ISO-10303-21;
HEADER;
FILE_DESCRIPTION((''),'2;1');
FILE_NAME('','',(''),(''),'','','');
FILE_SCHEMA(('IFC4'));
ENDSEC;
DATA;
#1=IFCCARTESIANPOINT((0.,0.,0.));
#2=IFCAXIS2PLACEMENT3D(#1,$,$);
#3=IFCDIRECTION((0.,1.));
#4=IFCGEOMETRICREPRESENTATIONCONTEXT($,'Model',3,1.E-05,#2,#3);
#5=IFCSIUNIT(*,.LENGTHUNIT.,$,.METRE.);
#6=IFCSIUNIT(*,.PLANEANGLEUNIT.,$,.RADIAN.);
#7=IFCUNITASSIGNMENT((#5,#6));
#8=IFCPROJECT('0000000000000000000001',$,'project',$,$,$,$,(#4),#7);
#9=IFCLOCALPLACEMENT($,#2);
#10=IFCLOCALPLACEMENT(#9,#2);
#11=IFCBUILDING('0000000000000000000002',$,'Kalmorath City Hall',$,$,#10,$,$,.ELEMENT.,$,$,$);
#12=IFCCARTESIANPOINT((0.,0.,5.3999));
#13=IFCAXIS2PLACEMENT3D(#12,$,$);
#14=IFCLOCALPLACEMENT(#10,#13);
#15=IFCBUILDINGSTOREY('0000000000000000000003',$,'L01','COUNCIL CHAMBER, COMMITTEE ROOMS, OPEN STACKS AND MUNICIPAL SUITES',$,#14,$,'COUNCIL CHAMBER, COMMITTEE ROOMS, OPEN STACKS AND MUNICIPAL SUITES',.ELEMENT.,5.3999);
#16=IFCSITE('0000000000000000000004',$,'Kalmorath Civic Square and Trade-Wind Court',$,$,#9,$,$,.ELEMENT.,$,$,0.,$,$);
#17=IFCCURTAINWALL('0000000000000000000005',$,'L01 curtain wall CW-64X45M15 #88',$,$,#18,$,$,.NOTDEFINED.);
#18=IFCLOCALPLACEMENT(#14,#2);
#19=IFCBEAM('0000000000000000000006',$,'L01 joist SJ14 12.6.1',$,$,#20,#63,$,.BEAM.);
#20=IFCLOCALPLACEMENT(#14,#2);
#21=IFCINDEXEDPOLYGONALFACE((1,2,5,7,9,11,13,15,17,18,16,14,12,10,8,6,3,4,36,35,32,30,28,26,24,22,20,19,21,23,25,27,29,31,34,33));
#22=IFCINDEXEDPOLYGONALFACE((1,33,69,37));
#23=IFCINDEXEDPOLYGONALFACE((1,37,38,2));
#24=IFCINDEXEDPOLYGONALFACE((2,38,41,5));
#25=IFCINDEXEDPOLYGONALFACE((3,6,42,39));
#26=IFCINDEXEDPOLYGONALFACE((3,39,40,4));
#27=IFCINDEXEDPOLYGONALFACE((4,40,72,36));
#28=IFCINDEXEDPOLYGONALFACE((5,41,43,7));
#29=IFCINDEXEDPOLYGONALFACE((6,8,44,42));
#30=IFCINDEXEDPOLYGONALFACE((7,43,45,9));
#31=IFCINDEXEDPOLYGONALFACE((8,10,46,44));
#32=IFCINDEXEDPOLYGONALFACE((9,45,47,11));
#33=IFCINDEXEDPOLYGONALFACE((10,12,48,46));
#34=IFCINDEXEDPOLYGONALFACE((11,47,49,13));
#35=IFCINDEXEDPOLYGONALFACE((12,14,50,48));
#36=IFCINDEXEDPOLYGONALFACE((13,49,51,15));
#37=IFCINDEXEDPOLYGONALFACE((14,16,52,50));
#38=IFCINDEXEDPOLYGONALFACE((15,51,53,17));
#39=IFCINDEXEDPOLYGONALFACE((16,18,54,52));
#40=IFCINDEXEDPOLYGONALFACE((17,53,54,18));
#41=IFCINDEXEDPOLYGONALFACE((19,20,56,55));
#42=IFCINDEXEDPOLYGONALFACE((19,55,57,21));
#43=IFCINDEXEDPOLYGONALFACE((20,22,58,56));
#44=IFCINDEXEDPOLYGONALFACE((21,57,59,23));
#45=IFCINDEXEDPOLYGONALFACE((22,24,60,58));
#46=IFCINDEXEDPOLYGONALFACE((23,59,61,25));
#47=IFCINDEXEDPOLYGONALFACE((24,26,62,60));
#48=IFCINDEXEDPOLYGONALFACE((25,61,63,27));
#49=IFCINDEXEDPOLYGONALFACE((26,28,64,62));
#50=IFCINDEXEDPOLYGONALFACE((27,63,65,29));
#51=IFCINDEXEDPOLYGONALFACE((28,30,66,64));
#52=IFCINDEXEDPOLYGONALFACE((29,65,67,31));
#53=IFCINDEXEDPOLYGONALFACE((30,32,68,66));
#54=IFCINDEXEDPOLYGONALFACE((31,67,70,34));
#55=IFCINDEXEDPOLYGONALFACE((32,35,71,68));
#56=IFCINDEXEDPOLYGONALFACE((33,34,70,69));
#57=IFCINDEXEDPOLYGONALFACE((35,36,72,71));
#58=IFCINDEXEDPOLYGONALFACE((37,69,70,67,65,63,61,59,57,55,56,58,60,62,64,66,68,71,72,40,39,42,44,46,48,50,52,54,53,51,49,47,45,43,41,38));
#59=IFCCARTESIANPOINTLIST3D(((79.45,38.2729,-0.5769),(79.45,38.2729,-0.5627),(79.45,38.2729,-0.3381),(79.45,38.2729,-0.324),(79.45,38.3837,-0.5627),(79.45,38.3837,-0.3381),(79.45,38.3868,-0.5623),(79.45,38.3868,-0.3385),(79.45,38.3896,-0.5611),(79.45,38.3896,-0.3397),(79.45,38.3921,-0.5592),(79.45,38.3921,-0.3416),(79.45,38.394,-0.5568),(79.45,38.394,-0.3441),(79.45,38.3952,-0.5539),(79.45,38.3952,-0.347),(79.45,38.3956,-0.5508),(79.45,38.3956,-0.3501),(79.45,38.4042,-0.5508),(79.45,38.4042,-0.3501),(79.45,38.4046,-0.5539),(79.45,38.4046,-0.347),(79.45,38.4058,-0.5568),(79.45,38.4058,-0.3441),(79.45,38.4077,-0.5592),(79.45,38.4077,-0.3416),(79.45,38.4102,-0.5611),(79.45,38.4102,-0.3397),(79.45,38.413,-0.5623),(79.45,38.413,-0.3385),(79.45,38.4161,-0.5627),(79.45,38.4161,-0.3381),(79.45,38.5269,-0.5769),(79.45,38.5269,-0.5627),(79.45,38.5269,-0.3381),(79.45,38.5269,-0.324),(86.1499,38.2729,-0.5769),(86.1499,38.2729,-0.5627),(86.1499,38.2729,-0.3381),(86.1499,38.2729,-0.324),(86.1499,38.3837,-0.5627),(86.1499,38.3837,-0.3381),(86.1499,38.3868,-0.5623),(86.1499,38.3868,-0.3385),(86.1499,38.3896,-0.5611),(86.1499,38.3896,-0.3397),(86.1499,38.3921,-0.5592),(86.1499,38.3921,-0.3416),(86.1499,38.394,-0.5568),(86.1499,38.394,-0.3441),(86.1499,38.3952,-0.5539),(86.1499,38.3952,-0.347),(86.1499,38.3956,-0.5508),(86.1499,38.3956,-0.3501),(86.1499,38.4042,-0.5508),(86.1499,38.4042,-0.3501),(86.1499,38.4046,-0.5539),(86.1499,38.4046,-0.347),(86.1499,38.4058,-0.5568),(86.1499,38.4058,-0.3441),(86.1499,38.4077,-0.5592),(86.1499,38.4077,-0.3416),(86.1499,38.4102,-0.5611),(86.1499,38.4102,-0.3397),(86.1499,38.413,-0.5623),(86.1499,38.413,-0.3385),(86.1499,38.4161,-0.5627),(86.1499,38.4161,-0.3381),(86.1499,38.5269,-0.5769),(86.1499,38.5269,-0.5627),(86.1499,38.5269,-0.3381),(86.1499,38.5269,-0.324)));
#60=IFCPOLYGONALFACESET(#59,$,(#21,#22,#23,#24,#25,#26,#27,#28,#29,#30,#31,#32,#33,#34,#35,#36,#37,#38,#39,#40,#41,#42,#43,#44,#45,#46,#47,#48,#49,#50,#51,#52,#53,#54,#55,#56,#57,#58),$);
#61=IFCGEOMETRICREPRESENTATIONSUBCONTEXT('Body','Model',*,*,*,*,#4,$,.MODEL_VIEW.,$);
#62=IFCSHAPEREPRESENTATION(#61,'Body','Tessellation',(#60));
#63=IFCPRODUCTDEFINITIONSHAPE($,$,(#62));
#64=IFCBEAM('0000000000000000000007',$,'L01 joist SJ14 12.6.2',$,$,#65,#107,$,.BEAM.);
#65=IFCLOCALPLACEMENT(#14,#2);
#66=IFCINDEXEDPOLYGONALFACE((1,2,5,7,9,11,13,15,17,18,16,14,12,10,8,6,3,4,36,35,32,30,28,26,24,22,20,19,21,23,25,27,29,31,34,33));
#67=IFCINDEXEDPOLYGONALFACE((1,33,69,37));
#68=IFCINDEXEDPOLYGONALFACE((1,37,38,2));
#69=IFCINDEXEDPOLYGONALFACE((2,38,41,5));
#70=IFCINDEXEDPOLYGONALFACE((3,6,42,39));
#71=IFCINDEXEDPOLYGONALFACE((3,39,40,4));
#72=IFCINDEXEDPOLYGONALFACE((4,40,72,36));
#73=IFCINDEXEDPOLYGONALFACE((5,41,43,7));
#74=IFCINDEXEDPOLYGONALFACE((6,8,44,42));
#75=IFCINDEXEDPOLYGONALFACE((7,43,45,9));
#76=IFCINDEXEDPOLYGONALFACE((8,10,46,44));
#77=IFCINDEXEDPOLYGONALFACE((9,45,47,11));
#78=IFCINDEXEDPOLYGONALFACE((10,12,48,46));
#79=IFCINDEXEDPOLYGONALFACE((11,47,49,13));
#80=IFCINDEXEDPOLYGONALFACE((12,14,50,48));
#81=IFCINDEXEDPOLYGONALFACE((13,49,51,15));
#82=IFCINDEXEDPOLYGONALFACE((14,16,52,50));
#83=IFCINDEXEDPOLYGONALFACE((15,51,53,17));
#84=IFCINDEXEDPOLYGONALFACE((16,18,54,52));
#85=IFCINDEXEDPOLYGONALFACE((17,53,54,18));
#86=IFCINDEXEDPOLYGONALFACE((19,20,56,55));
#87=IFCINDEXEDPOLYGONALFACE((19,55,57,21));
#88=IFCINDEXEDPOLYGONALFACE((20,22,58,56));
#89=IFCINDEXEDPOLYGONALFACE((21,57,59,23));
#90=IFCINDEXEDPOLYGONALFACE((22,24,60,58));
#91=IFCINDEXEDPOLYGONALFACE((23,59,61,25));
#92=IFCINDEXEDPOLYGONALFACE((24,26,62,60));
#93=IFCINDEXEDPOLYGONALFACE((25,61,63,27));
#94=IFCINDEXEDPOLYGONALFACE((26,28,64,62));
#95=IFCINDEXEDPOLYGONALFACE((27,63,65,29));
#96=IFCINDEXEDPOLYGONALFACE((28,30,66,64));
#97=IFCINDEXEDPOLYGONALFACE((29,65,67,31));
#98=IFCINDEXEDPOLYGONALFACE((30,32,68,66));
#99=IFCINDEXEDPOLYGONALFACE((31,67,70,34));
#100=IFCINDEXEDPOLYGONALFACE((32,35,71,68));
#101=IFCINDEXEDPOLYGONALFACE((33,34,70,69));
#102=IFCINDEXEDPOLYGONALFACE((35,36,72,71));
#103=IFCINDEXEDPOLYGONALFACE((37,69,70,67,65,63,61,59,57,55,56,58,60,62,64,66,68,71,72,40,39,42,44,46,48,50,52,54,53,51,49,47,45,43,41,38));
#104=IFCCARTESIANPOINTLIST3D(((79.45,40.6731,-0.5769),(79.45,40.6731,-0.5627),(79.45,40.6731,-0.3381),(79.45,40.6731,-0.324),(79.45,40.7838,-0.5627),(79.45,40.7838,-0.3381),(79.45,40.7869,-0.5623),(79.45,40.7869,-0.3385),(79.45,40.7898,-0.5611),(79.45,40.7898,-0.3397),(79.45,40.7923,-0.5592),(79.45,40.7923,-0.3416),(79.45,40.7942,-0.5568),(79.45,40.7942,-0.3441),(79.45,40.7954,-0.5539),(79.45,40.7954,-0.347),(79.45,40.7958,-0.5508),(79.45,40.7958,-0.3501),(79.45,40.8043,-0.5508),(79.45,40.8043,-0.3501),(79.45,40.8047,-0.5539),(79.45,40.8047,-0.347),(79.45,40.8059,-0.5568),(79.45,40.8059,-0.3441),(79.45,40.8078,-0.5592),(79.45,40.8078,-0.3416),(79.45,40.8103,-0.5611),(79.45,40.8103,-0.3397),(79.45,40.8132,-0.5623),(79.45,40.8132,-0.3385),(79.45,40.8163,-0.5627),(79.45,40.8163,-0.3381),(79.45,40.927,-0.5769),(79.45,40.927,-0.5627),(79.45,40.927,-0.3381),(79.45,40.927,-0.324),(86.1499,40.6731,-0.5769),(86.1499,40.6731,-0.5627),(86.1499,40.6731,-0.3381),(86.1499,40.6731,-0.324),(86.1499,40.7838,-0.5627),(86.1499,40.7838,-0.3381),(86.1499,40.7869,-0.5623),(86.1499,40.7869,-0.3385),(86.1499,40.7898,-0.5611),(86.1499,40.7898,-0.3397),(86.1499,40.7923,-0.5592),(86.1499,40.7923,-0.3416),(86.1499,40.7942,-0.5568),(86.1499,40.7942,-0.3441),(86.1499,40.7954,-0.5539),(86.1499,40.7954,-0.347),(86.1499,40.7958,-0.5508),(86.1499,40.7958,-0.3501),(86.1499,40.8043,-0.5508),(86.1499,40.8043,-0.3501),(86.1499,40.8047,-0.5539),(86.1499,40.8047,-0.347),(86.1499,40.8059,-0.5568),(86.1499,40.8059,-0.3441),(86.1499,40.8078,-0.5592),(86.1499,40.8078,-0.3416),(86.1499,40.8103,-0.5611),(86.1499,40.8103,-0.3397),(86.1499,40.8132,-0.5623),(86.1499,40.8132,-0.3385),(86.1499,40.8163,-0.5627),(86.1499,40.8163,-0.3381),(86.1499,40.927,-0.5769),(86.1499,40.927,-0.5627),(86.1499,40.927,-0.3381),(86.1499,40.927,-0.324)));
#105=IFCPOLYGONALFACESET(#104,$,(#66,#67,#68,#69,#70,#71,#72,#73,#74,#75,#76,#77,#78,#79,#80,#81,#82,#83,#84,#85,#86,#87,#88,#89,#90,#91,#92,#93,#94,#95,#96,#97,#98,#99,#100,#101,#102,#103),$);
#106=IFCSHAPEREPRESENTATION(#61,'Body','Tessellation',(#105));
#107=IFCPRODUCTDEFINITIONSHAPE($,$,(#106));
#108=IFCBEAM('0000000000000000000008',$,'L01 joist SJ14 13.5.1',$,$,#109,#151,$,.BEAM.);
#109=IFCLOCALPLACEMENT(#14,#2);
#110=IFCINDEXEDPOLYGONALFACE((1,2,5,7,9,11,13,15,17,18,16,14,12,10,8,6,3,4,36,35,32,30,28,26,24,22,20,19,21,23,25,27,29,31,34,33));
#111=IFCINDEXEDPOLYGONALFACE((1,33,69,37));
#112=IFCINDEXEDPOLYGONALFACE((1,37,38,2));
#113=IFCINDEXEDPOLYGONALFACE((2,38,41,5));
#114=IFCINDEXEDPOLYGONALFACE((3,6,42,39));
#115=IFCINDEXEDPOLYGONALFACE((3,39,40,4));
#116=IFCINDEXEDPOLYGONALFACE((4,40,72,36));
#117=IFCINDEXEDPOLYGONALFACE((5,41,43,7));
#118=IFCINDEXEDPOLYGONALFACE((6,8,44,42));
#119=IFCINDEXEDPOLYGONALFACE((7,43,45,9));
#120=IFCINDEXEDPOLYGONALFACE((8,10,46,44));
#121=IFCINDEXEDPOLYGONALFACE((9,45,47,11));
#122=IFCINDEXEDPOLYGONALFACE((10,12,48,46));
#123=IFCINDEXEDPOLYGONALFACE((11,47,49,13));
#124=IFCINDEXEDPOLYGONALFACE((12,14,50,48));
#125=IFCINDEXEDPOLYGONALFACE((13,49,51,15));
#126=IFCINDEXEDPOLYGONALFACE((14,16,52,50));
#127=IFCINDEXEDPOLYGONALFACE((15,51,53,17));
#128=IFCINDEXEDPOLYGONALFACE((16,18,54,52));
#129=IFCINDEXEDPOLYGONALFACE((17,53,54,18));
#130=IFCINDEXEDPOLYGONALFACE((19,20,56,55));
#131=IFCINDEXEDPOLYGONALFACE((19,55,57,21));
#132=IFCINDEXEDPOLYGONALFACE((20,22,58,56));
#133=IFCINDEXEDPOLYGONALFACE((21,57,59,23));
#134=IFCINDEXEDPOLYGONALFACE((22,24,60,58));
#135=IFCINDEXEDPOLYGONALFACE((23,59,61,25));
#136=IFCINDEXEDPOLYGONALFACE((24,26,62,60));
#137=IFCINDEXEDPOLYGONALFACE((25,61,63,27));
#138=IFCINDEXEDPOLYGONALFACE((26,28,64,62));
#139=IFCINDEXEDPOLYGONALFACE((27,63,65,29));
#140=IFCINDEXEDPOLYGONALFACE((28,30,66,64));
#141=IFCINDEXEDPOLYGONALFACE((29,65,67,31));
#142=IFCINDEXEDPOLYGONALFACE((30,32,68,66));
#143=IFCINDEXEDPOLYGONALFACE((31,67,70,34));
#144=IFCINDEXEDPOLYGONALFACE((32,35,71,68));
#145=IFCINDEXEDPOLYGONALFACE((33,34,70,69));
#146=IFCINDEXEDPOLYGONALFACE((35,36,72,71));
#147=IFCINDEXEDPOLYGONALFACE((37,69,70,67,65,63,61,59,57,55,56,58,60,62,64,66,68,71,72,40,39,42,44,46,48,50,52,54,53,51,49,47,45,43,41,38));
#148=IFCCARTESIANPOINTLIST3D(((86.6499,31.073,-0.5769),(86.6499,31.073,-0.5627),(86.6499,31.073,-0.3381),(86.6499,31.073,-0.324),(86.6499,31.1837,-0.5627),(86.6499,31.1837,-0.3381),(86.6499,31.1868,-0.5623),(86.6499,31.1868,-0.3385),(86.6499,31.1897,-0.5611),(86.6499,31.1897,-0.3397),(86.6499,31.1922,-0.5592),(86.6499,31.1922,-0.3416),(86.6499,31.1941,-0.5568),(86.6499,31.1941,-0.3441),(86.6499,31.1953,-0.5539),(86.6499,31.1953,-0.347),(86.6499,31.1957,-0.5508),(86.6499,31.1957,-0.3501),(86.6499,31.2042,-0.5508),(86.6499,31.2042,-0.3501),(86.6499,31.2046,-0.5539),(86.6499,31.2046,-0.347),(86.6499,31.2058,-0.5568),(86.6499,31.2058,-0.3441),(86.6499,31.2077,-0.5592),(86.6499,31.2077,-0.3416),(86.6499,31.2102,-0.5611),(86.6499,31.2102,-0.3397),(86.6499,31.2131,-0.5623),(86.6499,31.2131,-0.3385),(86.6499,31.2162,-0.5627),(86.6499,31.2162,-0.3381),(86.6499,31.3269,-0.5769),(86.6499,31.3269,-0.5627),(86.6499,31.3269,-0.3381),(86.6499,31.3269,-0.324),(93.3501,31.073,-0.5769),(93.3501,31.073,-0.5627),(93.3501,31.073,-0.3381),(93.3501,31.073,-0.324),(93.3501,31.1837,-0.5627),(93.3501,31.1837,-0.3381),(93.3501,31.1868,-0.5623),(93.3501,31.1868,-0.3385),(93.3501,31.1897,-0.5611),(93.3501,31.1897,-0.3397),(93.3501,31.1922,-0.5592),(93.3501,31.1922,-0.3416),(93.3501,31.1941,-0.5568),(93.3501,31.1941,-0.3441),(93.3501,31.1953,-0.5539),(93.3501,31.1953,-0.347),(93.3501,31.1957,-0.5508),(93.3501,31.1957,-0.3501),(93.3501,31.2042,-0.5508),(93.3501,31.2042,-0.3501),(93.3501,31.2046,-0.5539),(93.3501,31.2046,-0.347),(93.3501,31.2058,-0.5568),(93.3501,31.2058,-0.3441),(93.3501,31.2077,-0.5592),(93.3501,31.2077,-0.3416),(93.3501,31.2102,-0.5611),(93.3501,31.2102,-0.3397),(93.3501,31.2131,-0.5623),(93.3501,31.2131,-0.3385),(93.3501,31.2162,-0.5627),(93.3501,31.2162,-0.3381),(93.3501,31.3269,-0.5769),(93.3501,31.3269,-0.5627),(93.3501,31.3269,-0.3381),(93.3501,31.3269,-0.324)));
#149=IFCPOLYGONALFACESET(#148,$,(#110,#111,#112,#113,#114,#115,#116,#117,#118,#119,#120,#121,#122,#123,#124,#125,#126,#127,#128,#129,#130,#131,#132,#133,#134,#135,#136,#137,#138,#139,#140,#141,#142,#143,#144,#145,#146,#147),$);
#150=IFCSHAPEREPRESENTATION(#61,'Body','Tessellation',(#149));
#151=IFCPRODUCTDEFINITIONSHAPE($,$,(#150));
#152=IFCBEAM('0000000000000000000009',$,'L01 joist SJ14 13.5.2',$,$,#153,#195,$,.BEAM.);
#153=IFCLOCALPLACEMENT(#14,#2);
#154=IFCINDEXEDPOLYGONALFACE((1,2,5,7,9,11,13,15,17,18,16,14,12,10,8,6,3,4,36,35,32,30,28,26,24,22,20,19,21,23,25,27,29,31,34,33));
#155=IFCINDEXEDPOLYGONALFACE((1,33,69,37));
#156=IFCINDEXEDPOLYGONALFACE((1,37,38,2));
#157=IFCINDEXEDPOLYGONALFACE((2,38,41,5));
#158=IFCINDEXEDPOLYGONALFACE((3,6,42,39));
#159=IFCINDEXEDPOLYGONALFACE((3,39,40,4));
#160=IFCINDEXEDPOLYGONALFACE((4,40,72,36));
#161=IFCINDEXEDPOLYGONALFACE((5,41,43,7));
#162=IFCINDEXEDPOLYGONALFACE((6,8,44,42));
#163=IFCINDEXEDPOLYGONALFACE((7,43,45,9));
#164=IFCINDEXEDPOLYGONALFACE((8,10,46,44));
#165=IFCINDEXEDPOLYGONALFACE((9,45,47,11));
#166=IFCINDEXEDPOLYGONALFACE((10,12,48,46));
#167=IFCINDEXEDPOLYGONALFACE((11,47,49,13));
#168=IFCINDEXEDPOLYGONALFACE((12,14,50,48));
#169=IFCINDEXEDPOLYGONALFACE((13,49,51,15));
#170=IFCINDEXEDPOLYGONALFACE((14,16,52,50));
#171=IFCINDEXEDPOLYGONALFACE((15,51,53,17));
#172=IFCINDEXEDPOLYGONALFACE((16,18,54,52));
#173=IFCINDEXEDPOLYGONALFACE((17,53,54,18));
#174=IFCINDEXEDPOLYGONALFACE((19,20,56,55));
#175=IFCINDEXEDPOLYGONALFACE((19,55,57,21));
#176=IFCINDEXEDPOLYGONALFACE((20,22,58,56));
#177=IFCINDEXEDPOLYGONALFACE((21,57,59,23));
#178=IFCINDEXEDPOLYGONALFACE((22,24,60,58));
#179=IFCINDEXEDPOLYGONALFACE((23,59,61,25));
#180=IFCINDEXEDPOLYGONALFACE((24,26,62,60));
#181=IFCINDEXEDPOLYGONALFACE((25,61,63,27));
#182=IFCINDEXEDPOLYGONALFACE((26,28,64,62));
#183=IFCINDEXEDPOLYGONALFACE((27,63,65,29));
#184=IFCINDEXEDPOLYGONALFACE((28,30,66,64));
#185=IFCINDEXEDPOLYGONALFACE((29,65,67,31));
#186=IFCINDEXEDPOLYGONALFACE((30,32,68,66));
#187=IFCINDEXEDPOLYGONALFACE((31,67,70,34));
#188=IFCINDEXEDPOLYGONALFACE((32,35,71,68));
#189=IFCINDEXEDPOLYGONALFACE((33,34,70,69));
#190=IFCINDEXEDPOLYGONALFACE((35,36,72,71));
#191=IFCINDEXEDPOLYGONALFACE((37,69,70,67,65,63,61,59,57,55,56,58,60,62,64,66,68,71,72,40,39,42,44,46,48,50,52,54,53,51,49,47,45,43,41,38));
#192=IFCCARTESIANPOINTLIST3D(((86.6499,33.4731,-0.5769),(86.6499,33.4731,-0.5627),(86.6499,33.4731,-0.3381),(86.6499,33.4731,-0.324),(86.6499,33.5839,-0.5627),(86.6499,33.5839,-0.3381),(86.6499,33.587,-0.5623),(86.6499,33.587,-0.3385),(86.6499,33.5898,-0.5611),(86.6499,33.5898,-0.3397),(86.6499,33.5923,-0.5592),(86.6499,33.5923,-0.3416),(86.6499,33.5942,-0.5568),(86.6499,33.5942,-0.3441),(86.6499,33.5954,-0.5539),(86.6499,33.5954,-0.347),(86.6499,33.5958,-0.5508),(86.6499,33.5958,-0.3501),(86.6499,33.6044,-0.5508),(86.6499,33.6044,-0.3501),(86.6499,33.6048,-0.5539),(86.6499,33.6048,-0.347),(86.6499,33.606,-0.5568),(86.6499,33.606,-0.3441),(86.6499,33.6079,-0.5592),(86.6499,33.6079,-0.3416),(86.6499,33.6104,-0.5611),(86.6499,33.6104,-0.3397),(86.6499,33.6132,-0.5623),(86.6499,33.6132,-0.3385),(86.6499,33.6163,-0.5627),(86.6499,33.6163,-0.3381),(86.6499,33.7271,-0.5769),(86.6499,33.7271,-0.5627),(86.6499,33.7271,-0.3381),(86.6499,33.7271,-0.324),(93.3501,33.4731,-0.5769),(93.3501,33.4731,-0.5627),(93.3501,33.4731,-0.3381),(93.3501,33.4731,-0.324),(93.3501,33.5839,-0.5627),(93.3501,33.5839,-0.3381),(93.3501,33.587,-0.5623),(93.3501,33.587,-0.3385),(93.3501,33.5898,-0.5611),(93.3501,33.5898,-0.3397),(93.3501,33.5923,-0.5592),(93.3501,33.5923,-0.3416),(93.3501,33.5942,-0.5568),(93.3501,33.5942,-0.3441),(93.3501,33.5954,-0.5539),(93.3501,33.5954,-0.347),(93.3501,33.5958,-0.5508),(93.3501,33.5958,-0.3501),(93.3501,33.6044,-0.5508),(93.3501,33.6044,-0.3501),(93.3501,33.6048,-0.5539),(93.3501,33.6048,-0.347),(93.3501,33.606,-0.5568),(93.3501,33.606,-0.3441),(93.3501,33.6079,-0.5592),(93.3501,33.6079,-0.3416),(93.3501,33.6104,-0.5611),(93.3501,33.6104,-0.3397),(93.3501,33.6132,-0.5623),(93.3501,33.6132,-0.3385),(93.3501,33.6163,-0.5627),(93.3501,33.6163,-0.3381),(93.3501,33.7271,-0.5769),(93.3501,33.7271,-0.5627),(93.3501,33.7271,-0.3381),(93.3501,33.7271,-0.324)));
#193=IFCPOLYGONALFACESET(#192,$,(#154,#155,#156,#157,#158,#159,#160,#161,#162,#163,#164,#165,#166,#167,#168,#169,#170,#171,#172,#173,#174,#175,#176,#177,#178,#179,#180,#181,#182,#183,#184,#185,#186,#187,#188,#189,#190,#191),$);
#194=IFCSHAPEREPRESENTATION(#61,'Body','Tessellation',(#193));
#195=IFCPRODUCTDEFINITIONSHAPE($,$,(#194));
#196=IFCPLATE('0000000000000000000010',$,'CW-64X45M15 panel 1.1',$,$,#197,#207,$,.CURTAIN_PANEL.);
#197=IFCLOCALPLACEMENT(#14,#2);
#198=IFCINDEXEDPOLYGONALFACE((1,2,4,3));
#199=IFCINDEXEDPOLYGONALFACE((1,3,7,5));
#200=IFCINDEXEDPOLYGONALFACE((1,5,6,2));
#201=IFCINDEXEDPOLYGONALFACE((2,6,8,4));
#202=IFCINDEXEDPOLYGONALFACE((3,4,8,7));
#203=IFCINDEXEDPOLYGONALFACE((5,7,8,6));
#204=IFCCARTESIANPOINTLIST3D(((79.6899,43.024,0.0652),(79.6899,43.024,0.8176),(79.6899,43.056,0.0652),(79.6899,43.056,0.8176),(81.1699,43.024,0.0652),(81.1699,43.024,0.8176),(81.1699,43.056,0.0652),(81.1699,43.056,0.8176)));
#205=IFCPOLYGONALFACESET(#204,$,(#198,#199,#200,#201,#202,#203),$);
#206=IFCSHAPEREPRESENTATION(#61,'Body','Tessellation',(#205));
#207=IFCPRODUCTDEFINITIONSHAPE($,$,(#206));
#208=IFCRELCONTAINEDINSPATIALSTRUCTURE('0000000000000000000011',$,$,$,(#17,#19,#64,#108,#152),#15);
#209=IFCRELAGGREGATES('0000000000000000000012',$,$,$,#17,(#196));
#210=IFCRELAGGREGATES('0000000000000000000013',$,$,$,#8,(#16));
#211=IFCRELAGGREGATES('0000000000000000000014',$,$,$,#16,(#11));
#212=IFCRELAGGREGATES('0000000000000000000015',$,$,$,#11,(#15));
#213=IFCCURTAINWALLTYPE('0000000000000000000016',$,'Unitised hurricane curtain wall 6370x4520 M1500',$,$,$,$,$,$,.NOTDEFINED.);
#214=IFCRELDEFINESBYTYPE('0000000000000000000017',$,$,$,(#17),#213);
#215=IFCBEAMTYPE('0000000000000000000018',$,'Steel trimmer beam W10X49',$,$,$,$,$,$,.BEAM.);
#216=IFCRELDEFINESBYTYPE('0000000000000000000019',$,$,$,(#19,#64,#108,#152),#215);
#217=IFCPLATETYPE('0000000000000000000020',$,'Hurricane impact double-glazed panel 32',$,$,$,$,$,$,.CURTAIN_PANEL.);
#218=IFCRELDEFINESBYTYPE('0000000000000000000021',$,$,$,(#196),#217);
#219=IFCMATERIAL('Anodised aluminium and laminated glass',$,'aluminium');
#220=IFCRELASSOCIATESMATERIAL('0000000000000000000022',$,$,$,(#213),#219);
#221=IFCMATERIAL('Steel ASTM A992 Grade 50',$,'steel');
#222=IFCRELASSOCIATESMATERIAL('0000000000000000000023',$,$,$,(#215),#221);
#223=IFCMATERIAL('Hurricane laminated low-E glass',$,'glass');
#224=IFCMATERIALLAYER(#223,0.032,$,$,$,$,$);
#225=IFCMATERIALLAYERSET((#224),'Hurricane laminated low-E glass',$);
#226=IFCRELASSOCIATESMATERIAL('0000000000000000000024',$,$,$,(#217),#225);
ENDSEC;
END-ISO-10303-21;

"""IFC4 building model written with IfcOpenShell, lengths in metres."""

from ifc_helpers import new_model, si_unit, direction, frame, origin, origin_2d, place, context, subcontext, project, spatial, rectangle, i_section, extrude, material, layer, layer_set, material_profile, profile_set, type_object, element, aggregate, save


model = new_model("IFC4")

# Units and contexts
model_context = context("Model", 3, precision=1e-05, world=origin(), true_north=direction((0.0, 1.0)))
body_context = subcontext(model_context, "Body", "Model", "MODEL_VIEW")
ifc_project = project(units=[si_unit("LENGTHUNIT", "METRE"), si_unit("PLANEANGLEUNIT", "RADIAN")], contexts=[model_context])

# Site, building, storey
site_placement = place(None, origin())
site = spatial("IfcSite", under=ifc_project, at=site_placement, Name="Kalmorath Civic Square and Trade-Wind Court", CompositionType="ELEMENT", RefElevation=0.0)
building_placement = place(site_placement, origin())
building = spatial("IfcBuilding", under=site, at=building_placement, Name="Kalmorath City Hall", CompositionType="ELEMENT")
storey_placement = place(building_placement, frame((0.0, 0.0, 5.3999)))
storey = spatial("IfcBuildingStorey", under=building, at=storey_placement, Name="L01", Description="COUNCIL CHAMBER, COMMITTEE ROOMS, OPEN STACKS AND MUNICIPAL SUITES", LongName="COUNCIL CHAMBER, COMMITTEE ROOMS, OPEN STACKS AND MUNICIPAL SUITES", CompositionType="ELEMENT", Elevation=5.3999)

# Curtain wall
ifc_material_1 = material(Name="Anodised aluminium and laminated glass", Category="aluminium")
curtain_wall_type = type_object("IfcCurtainWallType", Name="Unitised hurricane curtain wall 6370x4520 M1500", PredefinedType="NOTDEFINED", material=ifc_material_1)
curtain_wall_placement = place(storey_placement, origin())
curtain_wall = element("IfcCurtainWall", 1, at=curtain_wall_placement, inside=storey, type_object=curtain_wall_type, Name="L01 curtain wall CW-64X45M15 #88", PredefinedType="NOTDEFINED")

# Beams
ifc_material_2 = material(Name="Steel ASTM A992 Grade 50", Category="steel")
ifc_material_profile_1 = material_profile(ifc_material_2, i_section(OverallWidth=0.2539, OverallDepth=0.2529, WebThickness=0.0085, FlangeThickness=0.0142, FilletRadius=0.012, at=origin_2d()), Name="W10X49")
ifc_profile_set_1 = profile_set([ifc_material_profile_1], Name="Steel ASTM A992 Grade 50")
beam_type_1 = type_object("IfcBeamType", Name="Steel trimmer beam W10X49", PredefinedType="BEAM", material=ifc_profile_set_1)
for number, where, z_axis, x_axis, name in (
    (2, (79.45, 38.3999, -0.4504), (1.0, 0.0, 0.0), (0.0, 1.0, 0.0), "L01 joist SJ14 12.6.1"),
    (3, (79.45, 40.8, -0.4504), (1.0, 0.0, 0.0), (0.0, 1.0, 0.0), "L01 joist SJ14 12.6.2"),
):
    element("IfcBeam", number, at=place(storey_placement, frame(where, z_axis=z_axis, x_axis=x_axis)), inside=storey, type_object=beam_type_1, Name=name, PredefinedType="BEAM", context=body_context, shape_type="SweptSolid", body=[
        extrude(i_section(OverallWidth=0.2539, OverallDepth=0.2529, WebThickness=0.0085, FlangeThickness=0.0142, FilletRadius=0.012, at=origin_2d()), origin(), (0.0, 0.0, 1.0), 6.7),
    ])
for number, where, z_axis, x_axis, name in (
    (4, (86.6499, 31.2, -0.4504), (1.0, 0.0, 0.0), (0.0, 1.0, 0.0), "L01 joist SJ14 13.5.1"),
    (5, (86.6499, 33.6001, -0.4504), (1.0, 0.0, 0.0), (0.0, 1.0, 0.0), "L01 joist SJ14 13.5.2"),
):
    element("IfcBeam", number, at=place(storey_placement, frame(where, z_axis=z_axis, x_axis=x_axis)), inside=storey, type_object=beam_type_1, Name=name, PredefinedType="BEAM", context=body_context, shape_type="SweptSolid", body=[
        extrude(i_section(OverallWidth=0.2539, OverallDepth=0.2529, WebThickness=0.0085, FlangeThickness=0.0142, FilletRadius=0.012, at=origin_2d()), origin(), (0.0, 0.0, 1.0), 6.7002),
    ])

# Plate
ifc_material_3 = material(Name="Hurricane laminated low-E glass", Category="glass")
ifc_layer_1 = layer(ifc_material_3, 0.032)
ifc_layer_set_1 = layer_set([ifc_layer_1], Name="Hurricane laminated low-E glass")
plate_type = type_object("IfcPlateType", Name="Hurricane impact double-glazed panel 32", PredefinedType="CURTAIN_PANEL", material=ifc_layer_set_1)
plate_1_placement = place(storey_placement, frame((80.4299, 43.04, 0.0652), z_axis=(0.0, 0.0, 1.0), x_axis=(1.0, 0.0, 0.0)))
plate_1 = element("IfcPlate", 6, at=plate_1_placement, type_object=plate_type, Name="CW-64X45M15 panel 1.1", PredefinedType="CURTAIN_PANEL", context=body_context, shape_type="SweptSolid", body=[
    extrude(rectangle(XDim=1.48, YDim=0.032, at=origin_2d()), origin(), (0.0, 0.0, 1.0), 0.7524),
])
aggregate(curtain_wall, [plate_1])

save(model, "model.ifc")
